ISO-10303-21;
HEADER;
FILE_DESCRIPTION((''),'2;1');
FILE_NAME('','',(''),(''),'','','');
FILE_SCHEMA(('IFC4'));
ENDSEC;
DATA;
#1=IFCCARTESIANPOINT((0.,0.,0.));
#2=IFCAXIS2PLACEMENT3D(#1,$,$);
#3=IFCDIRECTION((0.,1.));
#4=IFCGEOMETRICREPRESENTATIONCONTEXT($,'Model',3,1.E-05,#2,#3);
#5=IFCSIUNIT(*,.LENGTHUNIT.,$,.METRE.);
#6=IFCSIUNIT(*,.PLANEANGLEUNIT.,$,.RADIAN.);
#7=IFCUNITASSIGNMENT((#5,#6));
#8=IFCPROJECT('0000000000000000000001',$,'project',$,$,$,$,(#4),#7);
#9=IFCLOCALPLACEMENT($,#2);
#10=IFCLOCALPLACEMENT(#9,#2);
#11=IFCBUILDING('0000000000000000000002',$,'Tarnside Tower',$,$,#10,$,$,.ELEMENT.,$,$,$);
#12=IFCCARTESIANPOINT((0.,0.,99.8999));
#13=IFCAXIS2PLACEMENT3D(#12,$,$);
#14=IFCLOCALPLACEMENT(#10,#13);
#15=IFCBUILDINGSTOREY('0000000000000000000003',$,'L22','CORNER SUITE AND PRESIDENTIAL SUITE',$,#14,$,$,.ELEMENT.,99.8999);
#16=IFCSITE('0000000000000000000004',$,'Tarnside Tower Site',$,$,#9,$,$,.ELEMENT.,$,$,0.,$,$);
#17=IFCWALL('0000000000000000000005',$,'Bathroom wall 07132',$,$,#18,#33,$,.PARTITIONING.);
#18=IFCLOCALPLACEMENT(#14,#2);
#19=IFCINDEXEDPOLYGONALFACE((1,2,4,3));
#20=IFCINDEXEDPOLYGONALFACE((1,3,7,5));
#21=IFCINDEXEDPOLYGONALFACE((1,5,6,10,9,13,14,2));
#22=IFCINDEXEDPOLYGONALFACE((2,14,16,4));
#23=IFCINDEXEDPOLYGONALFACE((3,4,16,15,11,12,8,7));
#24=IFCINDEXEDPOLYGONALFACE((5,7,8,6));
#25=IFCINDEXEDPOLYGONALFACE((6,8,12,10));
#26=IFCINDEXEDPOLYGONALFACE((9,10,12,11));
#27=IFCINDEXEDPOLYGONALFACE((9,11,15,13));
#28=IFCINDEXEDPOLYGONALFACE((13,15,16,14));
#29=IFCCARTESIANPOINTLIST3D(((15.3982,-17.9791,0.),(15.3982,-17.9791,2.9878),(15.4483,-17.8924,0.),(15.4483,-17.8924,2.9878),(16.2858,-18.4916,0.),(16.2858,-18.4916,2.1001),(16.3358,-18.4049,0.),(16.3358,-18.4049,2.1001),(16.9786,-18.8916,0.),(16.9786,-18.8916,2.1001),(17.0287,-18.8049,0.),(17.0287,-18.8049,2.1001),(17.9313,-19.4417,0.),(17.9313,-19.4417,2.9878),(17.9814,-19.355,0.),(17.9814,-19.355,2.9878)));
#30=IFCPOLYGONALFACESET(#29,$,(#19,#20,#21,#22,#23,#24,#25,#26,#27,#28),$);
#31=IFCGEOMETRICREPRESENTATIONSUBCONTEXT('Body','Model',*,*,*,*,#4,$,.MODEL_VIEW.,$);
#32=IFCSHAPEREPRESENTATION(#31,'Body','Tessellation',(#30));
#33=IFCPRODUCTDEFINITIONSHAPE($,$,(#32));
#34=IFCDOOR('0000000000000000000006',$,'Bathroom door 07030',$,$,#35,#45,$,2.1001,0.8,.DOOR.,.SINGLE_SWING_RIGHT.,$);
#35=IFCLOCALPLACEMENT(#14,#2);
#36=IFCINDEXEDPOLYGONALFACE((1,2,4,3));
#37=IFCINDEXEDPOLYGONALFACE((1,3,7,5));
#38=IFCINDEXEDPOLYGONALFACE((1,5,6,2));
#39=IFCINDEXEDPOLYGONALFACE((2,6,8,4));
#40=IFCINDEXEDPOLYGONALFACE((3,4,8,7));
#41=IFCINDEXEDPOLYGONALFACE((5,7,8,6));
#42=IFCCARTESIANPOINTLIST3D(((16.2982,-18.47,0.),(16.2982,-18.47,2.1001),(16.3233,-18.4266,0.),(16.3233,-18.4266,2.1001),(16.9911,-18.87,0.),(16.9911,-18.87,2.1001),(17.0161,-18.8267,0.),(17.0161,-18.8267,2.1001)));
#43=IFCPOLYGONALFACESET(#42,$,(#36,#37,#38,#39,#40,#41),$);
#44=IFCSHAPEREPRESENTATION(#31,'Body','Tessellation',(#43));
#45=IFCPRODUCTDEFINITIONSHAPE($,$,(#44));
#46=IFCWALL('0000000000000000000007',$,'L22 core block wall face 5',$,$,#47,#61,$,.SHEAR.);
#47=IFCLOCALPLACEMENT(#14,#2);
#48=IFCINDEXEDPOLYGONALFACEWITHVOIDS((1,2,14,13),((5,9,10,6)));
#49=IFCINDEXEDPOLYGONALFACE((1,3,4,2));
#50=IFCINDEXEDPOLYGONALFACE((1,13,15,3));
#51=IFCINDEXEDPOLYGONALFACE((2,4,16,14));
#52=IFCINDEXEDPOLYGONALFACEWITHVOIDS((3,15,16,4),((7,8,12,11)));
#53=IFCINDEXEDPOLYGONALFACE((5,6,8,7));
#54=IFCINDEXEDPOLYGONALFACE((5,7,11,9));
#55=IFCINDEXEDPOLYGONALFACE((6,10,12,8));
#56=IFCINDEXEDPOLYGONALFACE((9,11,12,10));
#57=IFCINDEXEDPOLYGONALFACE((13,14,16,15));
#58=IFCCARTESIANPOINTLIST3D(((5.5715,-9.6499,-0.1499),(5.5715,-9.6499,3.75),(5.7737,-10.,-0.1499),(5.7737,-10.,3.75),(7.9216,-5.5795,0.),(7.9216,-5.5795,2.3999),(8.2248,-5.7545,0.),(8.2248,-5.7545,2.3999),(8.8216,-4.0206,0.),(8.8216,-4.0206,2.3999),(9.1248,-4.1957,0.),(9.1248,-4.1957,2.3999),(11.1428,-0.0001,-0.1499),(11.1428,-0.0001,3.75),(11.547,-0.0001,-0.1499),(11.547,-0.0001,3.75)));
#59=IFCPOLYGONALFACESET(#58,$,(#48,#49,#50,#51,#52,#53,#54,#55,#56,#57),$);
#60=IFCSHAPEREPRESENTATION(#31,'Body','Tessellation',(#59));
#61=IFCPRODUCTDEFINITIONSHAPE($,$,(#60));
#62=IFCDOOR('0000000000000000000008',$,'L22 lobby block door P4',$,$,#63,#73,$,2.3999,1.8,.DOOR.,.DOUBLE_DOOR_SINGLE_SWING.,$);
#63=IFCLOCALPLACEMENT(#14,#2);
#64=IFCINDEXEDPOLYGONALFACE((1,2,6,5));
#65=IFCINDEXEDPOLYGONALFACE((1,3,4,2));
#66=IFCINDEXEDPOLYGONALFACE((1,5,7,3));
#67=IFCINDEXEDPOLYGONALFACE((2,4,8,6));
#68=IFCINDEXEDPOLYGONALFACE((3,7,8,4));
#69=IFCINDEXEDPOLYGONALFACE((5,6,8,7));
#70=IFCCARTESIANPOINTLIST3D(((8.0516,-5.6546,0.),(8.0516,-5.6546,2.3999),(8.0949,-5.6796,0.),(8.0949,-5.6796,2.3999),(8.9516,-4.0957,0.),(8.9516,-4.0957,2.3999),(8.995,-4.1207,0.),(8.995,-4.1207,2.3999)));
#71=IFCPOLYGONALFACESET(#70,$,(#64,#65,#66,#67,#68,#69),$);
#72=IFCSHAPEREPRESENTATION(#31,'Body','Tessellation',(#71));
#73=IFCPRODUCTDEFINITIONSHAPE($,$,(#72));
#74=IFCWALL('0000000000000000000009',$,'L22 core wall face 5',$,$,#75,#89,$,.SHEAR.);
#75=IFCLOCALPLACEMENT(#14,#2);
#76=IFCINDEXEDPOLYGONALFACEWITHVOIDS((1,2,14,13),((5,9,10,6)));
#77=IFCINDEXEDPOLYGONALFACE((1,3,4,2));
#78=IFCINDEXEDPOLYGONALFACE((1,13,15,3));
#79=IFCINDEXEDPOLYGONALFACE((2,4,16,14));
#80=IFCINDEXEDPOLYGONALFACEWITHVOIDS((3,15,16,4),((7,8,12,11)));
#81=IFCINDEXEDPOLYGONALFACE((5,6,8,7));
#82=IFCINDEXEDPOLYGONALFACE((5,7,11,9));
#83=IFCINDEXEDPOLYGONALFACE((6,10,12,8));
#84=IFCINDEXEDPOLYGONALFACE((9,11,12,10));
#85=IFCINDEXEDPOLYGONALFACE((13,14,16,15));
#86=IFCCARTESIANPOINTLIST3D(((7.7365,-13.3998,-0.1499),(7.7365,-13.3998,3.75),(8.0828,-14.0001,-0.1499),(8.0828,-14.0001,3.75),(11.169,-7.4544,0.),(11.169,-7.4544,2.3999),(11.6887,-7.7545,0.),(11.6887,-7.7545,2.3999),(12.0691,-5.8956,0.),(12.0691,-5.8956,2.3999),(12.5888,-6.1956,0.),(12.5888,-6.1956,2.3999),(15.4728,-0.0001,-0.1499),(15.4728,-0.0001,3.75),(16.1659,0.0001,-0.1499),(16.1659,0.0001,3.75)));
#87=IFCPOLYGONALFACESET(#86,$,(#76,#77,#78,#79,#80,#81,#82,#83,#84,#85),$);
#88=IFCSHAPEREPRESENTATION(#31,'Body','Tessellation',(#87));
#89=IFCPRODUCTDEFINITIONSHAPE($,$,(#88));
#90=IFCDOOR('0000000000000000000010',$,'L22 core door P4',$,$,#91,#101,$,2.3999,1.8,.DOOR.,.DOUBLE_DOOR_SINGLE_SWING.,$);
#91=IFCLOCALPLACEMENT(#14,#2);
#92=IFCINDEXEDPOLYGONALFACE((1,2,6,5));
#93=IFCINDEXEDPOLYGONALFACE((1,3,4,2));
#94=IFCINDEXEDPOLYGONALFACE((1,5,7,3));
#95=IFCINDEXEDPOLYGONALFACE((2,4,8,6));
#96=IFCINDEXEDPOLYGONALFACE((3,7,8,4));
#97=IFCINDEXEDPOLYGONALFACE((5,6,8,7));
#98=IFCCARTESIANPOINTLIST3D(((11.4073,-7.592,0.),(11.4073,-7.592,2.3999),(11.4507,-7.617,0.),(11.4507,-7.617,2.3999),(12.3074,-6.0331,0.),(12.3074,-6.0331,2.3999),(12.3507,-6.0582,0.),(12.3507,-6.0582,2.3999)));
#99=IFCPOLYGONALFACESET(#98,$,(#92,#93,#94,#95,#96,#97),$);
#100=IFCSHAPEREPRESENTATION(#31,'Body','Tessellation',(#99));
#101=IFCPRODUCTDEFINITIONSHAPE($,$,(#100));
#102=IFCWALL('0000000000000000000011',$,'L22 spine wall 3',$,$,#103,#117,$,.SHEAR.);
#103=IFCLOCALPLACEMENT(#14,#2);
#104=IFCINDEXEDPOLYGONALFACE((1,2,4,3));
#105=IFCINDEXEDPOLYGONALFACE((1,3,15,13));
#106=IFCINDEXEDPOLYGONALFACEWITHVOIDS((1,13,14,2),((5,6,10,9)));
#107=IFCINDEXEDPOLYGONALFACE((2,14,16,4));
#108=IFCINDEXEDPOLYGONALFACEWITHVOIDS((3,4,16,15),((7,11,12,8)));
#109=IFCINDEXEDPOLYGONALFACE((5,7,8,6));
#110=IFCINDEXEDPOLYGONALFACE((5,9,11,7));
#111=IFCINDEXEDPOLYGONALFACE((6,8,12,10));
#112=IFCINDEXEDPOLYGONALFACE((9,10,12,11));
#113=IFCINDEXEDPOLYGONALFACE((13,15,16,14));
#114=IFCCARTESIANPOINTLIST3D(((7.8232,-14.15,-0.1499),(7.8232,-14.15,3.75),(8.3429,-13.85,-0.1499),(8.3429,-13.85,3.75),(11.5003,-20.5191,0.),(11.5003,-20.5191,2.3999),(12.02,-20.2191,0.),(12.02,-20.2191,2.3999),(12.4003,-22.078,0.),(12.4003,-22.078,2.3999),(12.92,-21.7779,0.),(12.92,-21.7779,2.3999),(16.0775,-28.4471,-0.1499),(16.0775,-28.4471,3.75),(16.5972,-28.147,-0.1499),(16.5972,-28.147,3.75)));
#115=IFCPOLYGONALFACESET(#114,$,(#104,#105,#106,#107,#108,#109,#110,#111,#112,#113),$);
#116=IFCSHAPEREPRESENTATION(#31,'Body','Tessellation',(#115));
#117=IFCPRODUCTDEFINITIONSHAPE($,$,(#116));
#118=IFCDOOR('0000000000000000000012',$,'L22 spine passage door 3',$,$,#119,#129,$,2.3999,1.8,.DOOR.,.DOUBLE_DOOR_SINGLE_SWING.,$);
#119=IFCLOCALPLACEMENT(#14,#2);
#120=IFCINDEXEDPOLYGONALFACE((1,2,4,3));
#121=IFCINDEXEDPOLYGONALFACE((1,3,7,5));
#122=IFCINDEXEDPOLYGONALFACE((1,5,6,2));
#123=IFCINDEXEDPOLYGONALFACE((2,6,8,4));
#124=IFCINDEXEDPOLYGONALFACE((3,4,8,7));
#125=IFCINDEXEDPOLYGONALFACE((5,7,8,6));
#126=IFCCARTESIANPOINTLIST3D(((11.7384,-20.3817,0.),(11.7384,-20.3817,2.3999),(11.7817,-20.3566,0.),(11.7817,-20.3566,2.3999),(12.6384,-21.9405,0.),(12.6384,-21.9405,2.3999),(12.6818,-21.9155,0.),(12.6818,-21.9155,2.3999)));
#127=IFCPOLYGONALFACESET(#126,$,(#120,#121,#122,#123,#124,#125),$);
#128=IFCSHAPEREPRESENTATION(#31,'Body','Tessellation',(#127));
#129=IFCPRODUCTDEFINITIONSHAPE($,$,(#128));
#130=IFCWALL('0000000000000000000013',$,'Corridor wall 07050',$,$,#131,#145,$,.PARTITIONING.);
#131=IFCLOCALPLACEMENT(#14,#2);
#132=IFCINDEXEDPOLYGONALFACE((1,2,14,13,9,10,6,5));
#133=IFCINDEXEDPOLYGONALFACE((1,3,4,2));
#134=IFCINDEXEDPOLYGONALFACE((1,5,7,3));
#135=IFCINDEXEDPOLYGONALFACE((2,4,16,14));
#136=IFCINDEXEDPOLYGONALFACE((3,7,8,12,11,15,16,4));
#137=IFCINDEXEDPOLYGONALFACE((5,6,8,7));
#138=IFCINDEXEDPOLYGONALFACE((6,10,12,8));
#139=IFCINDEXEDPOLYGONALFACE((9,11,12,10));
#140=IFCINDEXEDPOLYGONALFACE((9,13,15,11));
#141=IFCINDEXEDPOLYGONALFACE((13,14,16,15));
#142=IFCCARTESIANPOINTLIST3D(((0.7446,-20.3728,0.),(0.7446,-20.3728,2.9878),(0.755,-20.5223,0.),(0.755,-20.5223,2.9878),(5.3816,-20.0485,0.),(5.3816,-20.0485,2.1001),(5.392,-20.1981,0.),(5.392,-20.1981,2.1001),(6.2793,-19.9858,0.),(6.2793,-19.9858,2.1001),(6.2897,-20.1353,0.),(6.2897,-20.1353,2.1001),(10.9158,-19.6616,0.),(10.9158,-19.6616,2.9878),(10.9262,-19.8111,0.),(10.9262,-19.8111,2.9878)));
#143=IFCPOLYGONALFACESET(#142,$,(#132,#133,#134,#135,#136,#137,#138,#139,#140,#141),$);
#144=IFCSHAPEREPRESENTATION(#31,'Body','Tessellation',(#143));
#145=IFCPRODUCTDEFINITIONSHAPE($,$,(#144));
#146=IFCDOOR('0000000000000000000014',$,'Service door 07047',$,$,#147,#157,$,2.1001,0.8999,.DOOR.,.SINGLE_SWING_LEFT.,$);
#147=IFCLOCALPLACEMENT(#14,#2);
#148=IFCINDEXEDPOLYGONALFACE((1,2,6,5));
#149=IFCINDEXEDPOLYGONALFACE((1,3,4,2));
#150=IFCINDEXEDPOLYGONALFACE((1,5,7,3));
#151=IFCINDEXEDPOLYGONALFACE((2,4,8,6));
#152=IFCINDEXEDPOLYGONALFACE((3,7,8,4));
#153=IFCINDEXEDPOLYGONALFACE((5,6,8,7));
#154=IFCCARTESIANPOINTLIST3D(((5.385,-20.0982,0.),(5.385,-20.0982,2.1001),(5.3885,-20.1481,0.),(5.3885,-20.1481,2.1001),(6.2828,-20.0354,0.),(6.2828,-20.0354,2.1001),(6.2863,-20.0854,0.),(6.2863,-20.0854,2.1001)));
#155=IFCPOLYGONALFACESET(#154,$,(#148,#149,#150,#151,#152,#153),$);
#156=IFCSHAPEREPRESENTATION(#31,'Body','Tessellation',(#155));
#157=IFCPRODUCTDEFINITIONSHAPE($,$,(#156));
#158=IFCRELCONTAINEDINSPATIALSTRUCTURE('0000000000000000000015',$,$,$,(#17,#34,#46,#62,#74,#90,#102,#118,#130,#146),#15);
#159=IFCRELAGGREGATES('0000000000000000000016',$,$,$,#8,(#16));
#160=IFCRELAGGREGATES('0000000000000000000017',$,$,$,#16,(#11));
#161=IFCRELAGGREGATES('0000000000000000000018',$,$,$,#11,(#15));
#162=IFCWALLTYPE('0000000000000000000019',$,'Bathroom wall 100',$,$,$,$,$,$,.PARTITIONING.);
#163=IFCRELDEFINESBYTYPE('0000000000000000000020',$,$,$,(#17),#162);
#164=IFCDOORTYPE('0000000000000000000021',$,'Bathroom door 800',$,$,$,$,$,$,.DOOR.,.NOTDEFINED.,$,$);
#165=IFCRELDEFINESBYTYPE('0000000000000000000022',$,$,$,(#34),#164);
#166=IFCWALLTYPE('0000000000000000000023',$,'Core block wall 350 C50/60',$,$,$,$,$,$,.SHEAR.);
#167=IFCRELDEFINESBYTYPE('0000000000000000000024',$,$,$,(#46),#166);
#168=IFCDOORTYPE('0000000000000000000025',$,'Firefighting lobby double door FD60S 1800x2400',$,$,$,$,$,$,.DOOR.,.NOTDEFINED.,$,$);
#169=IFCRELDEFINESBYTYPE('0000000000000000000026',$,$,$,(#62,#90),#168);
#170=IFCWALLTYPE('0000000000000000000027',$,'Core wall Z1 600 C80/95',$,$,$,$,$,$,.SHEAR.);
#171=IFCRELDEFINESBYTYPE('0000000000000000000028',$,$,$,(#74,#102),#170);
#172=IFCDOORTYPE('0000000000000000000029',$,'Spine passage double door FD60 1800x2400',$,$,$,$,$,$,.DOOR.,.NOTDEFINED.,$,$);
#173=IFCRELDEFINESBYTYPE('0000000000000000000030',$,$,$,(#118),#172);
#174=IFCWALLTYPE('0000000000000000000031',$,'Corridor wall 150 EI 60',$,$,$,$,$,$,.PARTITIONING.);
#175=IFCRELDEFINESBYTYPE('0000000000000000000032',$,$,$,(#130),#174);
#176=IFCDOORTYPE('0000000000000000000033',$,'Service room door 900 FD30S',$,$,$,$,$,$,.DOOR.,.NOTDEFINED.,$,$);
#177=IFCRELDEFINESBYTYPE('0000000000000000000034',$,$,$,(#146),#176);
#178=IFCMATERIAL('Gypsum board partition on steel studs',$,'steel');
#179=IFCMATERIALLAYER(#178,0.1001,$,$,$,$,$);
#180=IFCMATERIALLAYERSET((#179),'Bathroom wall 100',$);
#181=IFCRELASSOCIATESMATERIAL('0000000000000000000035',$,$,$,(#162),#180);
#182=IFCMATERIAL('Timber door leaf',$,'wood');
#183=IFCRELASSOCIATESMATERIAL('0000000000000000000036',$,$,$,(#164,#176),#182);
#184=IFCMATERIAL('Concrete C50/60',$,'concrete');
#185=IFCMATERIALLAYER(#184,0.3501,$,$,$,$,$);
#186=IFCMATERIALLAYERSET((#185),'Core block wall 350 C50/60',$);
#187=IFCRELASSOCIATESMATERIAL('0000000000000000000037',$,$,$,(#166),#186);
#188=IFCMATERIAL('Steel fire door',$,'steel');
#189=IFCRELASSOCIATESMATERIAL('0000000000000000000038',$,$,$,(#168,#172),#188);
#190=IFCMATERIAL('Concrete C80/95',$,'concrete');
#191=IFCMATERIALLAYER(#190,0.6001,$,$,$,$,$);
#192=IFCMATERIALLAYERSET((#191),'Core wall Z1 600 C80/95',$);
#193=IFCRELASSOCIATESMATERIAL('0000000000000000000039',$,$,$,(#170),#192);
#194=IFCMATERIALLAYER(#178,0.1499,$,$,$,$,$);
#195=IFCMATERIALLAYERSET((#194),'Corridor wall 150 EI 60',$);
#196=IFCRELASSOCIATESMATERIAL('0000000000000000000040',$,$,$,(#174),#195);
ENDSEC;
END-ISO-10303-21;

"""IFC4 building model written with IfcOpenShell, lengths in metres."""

from ifc_helpers import new_model, si_unit, direction, frame, frame_2d, origin, place, context, subcontext, project, spatial, polyline, rectangle, outline, extrude, material, layer, layer_set, type_object, element, fill, save


model = new_model("IFC4")

# Units and contexts
model_context = context("Model", 3, precision=1e-05, world=origin(), true_north=direction((0.0, 1.0)))
body_context = subcontext(model_context, "Body", "Model", "MODEL_VIEW")
ifc_project = project(units=[si_unit("LENGTHUNIT", "METRE"), si_unit("PLANEANGLEUNIT", "RADIAN")], contexts=[model_context])

# Site, building, storey
site_placement = place(None, origin())
site = spatial("IfcSite", under=ifc_project, at=site_placement, Name="Tarnside Tower Site", CompositionType="ELEMENT", RefElevation=0.0)
building_placement = place(site_placement, origin())
building = spatial("IfcBuilding", under=site, at=building_placement, Name="Tarnside Tower", CompositionType="ELEMENT")
storey_placement = place(building_placement, frame((0.0, 0.0, 99.8999)))
storey = spatial("IfcBuildingStorey", under=building, at=storey_placement, Name="L22", Description="CORNER SUITE AND PRESIDENTIAL SUITE", CompositionType="ELEMENT", Elevation=99.8999)

# Walls, openings, doors
ifc_material_1 = material(Name="Gypsum board partition on steel studs", Category="steel")
ifc_layer_1 = layer(ifc_material_1, 0.1001)
ifc_layer_set_1 = layer_set([ifc_layer_1], Name="Bathroom wall 100")
wall_type_1 = type_object("IfcWallType", Name="Bathroom wall 100", PredefinedType="PARTITIONING", material=ifc_layer_set_1)
wall_1_placement = place(storey_placement, frame((15.4233, -17.9358, 0.0), z_axis=(0.0, 0.0, 1.0), x_axis=(0.86601, -0.500026, 0.0)))
wall_1 = element("IfcWall", 1, at=wall_1_placement, inside=storey, type_object=wall_type_1, Name="Bathroom wall 07132", PredefinedType="PARTITIONING", context=body_context, shape_type="SweptSolid", body=[
    extrude(rectangle(XDim=2.925, YDim=0.1001, at=frame_2d((1.4624, 0.0))), origin(), (0.0, 0.0, 1.0), 2.9878),
])
opening_1_placement = place(wall_1_placement, frame((1.0249, 0.0, 0.0)))
opening_1 = element("IfcOpeningElement", 2, at=opening_1_placement, cuts=wall_1, PredefinedType="OPENING", context=body_context, shape_type="SweptSolid", body=[
    extrude(rectangle(XDim=0.8, YDim=2.1001, at=frame_2d((0.3999, 1.05))), frame((0.0, 0.0601, 0.0), z_axis=(0.0, -1.0, 0.0), x_axis=(1.0, 0.0, 0.0)), (0.0, 0.0, 1.0), 0.1201),
])
ifc_material_2 = material(Name="Timber door leaf", Category="wood")
door_type_1 = type_object("IfcDoorType", Name="Bathroom door 800", OperationType="NOTDEFINED", PredefinedType="DOOR", material=ifc_material_2)
door_1_placement = place(opening_1_placement, origin())
door_1 = element("IfcDoor", 3, at=door_1_placement, inside=storey, type_object=door_type_1, Name="Bathroom door 07030", OperationType="SINGLE_SWING_RIGHT", OverallHeight=2.1001, OverallWidth=0.8, PredefinedType="DOOR", context=body_context, shape_type="SweptSolid", body=[
    extrude(rectangle(XDim=0.8, YDim=2.1001, at=frame_2d((0.3999, 1.05))), frame((0.0, 0.0249, 0.0), z_axis=(0.0, -1.0, 0.0), x_axis=(1.0, 0.0, 0.0)), (0.0, 0.0, 1.0), 0.05),
])
fill(opening_1, door_1)
ifc_material_3 = material(Name="Concrete C50/60", Category="concrete")
ifc_layer_2 = layer(ifc_material_3, 0.3501)
ifc_layer_set_2 = layer_set([ifc_layer_2], Name="Core block wall 350 C50/60")
wall_type_2 = type_object("IfcWallType", Name="Core block wall 350 C50/60", PredefinedType="SHEAR", material=ifc_layer_set_2)
wall_2_placement = place(storey_placement, frame((5.6726, -9.825, -0.1499), z_axis=(0.0, 0.0, 1.0), x_axis=(0.499995, 0.866028, 0.0)))
wall_2 = element("IfcWall", 4, at=wall_2_placement, inside=storey, type_object=wall_type_2, Name="L22 core block wall face 5", PredefinedType="SHEAR", context=body_context, shape_type="SweptSolid", body=[
    extrude(outline(polyline([(-0.1011, -0.175), (11.4458, -0.175), (11.2437, 0.175), (0.1011, 0.175), (-0.1011, -0.175)])), origin(), (0.0, 0.0, 1.0), 3.8999),
])
opening_2_placement = place(wall_2_placement, frame((4.8013, 0.0, 0.1499)))
opening_2 = element("IfcOpeningElement", 5, at=opening_2_placement, cuts=wall_2, PredefinedType="OPENING", context=body_context, shape_type="SweptSolid", body=[
    extrude(rectangle(XDim=1.8, YDim=2.3999, at=frame_2d((0.8999, 1.2))), frame((0.0, 0.1851, 0.0), z_axis=(0.0, -1.0, 0.0), x_axis=(1.0, 0.0, 0.0)), (0.0, 0.0, 1.0), 0.3701),
])
ifc_material_4 = material(Name="Steel fire door", Category="steel")
door_type_2 = type_object("IfcDoorType", Name="Firefighting lobby double door FD60S 1800x2400", OperationType="NOTDEFINED", PredefinedType="DOOR", material=ifc_material_4)
door_2_placement = place(opening_2_placement, origin())
door_2 = element("IfcDoor", 6, at=door_2_placement, inside=storey, type_object=door_type_2, Name="L22 lobby block door P4", OperationType="DOUBLE_DOOR_SINGLE_SWING", OverallHeight=2.3999, OverallWidth=1.8, PredefinedType="DOOR", context=body_context, shape_type="SweptSolid", body=[
    extrude(rectangle(XDim=1.8, YDim=2.3999, at=frame_2d((0.8999, 1.2))), frame((0.0, 0.0249, 0.0), z_axis=(0.0, -1.0, 0.0), x_axis=(1.0, 0.0, 0.0)), (0.0, 0.0, 1.0), 0.05),
])
fill(opening_2, door_2)
ifc_material_5 = material(Name="Concrete C80/95", Category="concrete")
ifc_layer_3 = layer(ifc_material_5, 0.6001)
ifc_layer_set_3 = layer_set([ifc_layer_3], Name="Core wall Z1 600 C80/95")
wall_type_3 = type_object("IfcWallType", Name="Core wall Z1 600 C80/95", PredefinedType="SHEAR", material=ifc_layer_set_3)
wall_3_placement = place(storey_placement, frame((7.9097, -13.7, -0.1499), z_axis=(0.0, 0.0, 1.0), x_axis=(0.5, 0.866025, 0.0)))
wall_3 = element("IfcWall", 7, at=wall_3_placement, inside=storey, type_object=wall_type_3, Name="L22 core wall face 5", PredefinedType="SHEAR", context=body_context, shape_type="SweptSolid", body=[
    extrude(outline(polyline([(-0.1733, -0.3), (15.9927, -0.3), (15.646, 0.3), (0.1733, 0.3), (-0.1733, -0.3)])), origin(), (0.0, 0.0, 1.0), 3.8999),
])
opening_3_placement = place(wall_3_placement, frame((7.0386, 0.0, 0.1499)))
opening_3 = element("IfcOpeningElement", 8, at=opening_3_placement, cuts=wall_3, PredefinedType="OPENING", context=body_context, shape_type="SweptSolid", body=[
    extrude(rectangle(XDim=1.8, YDim=2.3999, at=frame_2d((0.8999, 1.2))), frame((0.0, 0.3101, 0.0), z_axis=(0.0, -1.0, 0.0), x_axis=(1.0, 0.0, 0.0)), (0.0, 0.0, 1.0), 0.6201),
])
door_3_placement = place(opening_3_placement, origin())
door_3 = element("IfcDoor", 9, at=door_3_placement, inside=storey, type_object=door_type_2, Name="L22 core door P4", OperationType="DOUBLE_DOOR_SINGLE_SWING", OverallHeight=2.3999, OverallWidth=1.8, PredefinedType="DOOR", context=body_context, shape_type="SweptSolid", body=[
    extrude(rectangle(XDim=1.8, YDim=2.3999, at=frame_2d((0.8999, 1.2))), frame((0.0, 0.0249, 0.0), z_axis=(0.0, -1.0, 0.0), x_axis=(1.0, 0.0, 0.0)), (0.0, 0.0, 1.0), 0.05),
])
fill(opening_3, door_3)
wall_4_placement = place(storey_placement, frame((8.083, -14.0, -0.1499), z_axis=(0.0, 0.0, 1.0), x_axis=(0.499998, -0.866027, 0.0)))
wall_4 = element("IfcWall", 10, at=wall_4_placement, inside=storey, type_object=wall_type_3, Name="L22 spine wall 3", PredefinedType="SHEAR", context=body_context, shape_type="SweptSolid", body=[
    extrude(rectangle(XDim=16.5088, YDim=0.6001, at=frame_2d((8.2544, 0.0))), origin(), (0.0, 0.0, 1.0), 3.8999),
])
opening_4_placement = place(wall_4_placement, frame((7.3545, 0.0, 0.1499)))
opening_4 = element("IfcOpeningElement", 11, at=opening_4_placement, cuts=wall_4, PredefinedType="OPENING", context=body_context, shape_type="SweptSolid", body=[
    extrude(rectangle(XDim=1.8, YDim=2.3999, at=frame_2d((0.8999, 1.2))), frame((0.0, 0.3101, 0.0), z_axis=(0.0, -1.0, 0.0), x_axis=(1.0, 0.0, 0.0)), (0.0, 0.0, 1.0), 0.6201),
])
door_type_3 = type_object("IfcDoorType", Name="Spine passage double door FD60 1800x2400", OperationType="NOTDEFINED", PredefinedType="DOOR", material=ifc_material_4)
door_4_placement = place(opening_4_placement, origin())
door_4 = element("IfcDoor", 12, at=door_4_placement, inside=storey, type_object=door_type_3, Name="L22 spine passage door 3", OperationType="DOUBLE_DOOR_SINGLE_SWING", OverallHeight=2.3999, OverallWidth=1.8, PredefinedType="DOOR", context=body_context, shape_type="SweptSolid", body=[
    extrude(rectangle(XDim=1.8, YDim=2.3999, at=frame_2d((0.8999, 1.2))), frame((0.0, 0.0249, 0.0), z_axis=(0.0, -1.0, 0.0), x_axis=(1.0, 0.0, 0.0)), (0.0, 0.0, 1.0), 0.05),
])
fill(opening_4, door_4)
ifc_layer_4 = layer(ifc_material_1, 0.1499)
ifc_layer_set_4 = layer_set([ifc_layer_4], Name="Corridor wall 150 EI 60")
wall_type_4 = type_object("IfcWallType", Name="Corridor wall 150 EI 60", PredefinedType="PARTITIONING", material=ifc_layer_set_4)
wall_5_placement = place(storey_placement, frame((10.9211, -19.7363, 0.0), z_axis=(0.0, 0.0, 1.0), x_axis=(-0.997564, -0.069751, 0.0)))
wall_5 = element("IfcWall", 13, at=wall_5_placement, inside=storey, type_object=wall_type_4, Name="Corridor wall 07050", PredefinedType="PARTITIONING", context=body_context, shape_type="SweptSolid", body=[
    extrude(rectangle(XDim=10.196, YDim=0.1499, at=frame_2d((5.0981, 0.0))), origin(), (0.0, 0.0, 1.0), 2.9878),
])
opening_5_placement = place(wall_5_placement, frame((4.6479, 0.0, 0.0)))
opening_5 = element("IfcOpeningElement", 14, at=opening_5_placement, cuts=wall_5, PredefinedType="OPENING", context=body_context, shape_type="SweptSolid", body=[
    extrude(rectangle(XDim=0.8999, YDim=2.1001, at=frame_2d((0.45, 1.05))), frame((0.0, 0.085, 0.0), z_axis=(0.0, -1.0, 0.0), x_axis=(1.0, 0.0, 0.0)), (0.0, 0.0, 1.0), 0.1699),
])
door_type_4 = type_object("IfcDoorType", Name="Service room door 900 FD30S", OperationType="NOTDEFINED", PredefinedType="DOOR", material=ifc_material_2)
door_5_placement = place(opening_5_placement, origin())
door_5 = element("IfcDoor", 15, at=door_5_placement, inside=storey, type_object=door_type_4, Name="Service door 07047", OperationType="SINGLE_SWING_LEFT", OverallHeight=2.1001, OverallWidth=0.8999, PredefinedType="DOOR", context=body_context, shape_type="SweptSolid", body=[
    extrude(rectangle(XDim=0.8999, YDim=2.1001, at=frame_2d((0.45, 1.05))), frame((0.0, 0.0249, 0.0), z_axis=(0.0, -1.0, 0.0), x_axis=(1.0, 0.0, 0.0)), (0.0, 0.0, 1.0), 0.05),
])
fill(opening_5, door_5)

save(model, "model.ifc")
